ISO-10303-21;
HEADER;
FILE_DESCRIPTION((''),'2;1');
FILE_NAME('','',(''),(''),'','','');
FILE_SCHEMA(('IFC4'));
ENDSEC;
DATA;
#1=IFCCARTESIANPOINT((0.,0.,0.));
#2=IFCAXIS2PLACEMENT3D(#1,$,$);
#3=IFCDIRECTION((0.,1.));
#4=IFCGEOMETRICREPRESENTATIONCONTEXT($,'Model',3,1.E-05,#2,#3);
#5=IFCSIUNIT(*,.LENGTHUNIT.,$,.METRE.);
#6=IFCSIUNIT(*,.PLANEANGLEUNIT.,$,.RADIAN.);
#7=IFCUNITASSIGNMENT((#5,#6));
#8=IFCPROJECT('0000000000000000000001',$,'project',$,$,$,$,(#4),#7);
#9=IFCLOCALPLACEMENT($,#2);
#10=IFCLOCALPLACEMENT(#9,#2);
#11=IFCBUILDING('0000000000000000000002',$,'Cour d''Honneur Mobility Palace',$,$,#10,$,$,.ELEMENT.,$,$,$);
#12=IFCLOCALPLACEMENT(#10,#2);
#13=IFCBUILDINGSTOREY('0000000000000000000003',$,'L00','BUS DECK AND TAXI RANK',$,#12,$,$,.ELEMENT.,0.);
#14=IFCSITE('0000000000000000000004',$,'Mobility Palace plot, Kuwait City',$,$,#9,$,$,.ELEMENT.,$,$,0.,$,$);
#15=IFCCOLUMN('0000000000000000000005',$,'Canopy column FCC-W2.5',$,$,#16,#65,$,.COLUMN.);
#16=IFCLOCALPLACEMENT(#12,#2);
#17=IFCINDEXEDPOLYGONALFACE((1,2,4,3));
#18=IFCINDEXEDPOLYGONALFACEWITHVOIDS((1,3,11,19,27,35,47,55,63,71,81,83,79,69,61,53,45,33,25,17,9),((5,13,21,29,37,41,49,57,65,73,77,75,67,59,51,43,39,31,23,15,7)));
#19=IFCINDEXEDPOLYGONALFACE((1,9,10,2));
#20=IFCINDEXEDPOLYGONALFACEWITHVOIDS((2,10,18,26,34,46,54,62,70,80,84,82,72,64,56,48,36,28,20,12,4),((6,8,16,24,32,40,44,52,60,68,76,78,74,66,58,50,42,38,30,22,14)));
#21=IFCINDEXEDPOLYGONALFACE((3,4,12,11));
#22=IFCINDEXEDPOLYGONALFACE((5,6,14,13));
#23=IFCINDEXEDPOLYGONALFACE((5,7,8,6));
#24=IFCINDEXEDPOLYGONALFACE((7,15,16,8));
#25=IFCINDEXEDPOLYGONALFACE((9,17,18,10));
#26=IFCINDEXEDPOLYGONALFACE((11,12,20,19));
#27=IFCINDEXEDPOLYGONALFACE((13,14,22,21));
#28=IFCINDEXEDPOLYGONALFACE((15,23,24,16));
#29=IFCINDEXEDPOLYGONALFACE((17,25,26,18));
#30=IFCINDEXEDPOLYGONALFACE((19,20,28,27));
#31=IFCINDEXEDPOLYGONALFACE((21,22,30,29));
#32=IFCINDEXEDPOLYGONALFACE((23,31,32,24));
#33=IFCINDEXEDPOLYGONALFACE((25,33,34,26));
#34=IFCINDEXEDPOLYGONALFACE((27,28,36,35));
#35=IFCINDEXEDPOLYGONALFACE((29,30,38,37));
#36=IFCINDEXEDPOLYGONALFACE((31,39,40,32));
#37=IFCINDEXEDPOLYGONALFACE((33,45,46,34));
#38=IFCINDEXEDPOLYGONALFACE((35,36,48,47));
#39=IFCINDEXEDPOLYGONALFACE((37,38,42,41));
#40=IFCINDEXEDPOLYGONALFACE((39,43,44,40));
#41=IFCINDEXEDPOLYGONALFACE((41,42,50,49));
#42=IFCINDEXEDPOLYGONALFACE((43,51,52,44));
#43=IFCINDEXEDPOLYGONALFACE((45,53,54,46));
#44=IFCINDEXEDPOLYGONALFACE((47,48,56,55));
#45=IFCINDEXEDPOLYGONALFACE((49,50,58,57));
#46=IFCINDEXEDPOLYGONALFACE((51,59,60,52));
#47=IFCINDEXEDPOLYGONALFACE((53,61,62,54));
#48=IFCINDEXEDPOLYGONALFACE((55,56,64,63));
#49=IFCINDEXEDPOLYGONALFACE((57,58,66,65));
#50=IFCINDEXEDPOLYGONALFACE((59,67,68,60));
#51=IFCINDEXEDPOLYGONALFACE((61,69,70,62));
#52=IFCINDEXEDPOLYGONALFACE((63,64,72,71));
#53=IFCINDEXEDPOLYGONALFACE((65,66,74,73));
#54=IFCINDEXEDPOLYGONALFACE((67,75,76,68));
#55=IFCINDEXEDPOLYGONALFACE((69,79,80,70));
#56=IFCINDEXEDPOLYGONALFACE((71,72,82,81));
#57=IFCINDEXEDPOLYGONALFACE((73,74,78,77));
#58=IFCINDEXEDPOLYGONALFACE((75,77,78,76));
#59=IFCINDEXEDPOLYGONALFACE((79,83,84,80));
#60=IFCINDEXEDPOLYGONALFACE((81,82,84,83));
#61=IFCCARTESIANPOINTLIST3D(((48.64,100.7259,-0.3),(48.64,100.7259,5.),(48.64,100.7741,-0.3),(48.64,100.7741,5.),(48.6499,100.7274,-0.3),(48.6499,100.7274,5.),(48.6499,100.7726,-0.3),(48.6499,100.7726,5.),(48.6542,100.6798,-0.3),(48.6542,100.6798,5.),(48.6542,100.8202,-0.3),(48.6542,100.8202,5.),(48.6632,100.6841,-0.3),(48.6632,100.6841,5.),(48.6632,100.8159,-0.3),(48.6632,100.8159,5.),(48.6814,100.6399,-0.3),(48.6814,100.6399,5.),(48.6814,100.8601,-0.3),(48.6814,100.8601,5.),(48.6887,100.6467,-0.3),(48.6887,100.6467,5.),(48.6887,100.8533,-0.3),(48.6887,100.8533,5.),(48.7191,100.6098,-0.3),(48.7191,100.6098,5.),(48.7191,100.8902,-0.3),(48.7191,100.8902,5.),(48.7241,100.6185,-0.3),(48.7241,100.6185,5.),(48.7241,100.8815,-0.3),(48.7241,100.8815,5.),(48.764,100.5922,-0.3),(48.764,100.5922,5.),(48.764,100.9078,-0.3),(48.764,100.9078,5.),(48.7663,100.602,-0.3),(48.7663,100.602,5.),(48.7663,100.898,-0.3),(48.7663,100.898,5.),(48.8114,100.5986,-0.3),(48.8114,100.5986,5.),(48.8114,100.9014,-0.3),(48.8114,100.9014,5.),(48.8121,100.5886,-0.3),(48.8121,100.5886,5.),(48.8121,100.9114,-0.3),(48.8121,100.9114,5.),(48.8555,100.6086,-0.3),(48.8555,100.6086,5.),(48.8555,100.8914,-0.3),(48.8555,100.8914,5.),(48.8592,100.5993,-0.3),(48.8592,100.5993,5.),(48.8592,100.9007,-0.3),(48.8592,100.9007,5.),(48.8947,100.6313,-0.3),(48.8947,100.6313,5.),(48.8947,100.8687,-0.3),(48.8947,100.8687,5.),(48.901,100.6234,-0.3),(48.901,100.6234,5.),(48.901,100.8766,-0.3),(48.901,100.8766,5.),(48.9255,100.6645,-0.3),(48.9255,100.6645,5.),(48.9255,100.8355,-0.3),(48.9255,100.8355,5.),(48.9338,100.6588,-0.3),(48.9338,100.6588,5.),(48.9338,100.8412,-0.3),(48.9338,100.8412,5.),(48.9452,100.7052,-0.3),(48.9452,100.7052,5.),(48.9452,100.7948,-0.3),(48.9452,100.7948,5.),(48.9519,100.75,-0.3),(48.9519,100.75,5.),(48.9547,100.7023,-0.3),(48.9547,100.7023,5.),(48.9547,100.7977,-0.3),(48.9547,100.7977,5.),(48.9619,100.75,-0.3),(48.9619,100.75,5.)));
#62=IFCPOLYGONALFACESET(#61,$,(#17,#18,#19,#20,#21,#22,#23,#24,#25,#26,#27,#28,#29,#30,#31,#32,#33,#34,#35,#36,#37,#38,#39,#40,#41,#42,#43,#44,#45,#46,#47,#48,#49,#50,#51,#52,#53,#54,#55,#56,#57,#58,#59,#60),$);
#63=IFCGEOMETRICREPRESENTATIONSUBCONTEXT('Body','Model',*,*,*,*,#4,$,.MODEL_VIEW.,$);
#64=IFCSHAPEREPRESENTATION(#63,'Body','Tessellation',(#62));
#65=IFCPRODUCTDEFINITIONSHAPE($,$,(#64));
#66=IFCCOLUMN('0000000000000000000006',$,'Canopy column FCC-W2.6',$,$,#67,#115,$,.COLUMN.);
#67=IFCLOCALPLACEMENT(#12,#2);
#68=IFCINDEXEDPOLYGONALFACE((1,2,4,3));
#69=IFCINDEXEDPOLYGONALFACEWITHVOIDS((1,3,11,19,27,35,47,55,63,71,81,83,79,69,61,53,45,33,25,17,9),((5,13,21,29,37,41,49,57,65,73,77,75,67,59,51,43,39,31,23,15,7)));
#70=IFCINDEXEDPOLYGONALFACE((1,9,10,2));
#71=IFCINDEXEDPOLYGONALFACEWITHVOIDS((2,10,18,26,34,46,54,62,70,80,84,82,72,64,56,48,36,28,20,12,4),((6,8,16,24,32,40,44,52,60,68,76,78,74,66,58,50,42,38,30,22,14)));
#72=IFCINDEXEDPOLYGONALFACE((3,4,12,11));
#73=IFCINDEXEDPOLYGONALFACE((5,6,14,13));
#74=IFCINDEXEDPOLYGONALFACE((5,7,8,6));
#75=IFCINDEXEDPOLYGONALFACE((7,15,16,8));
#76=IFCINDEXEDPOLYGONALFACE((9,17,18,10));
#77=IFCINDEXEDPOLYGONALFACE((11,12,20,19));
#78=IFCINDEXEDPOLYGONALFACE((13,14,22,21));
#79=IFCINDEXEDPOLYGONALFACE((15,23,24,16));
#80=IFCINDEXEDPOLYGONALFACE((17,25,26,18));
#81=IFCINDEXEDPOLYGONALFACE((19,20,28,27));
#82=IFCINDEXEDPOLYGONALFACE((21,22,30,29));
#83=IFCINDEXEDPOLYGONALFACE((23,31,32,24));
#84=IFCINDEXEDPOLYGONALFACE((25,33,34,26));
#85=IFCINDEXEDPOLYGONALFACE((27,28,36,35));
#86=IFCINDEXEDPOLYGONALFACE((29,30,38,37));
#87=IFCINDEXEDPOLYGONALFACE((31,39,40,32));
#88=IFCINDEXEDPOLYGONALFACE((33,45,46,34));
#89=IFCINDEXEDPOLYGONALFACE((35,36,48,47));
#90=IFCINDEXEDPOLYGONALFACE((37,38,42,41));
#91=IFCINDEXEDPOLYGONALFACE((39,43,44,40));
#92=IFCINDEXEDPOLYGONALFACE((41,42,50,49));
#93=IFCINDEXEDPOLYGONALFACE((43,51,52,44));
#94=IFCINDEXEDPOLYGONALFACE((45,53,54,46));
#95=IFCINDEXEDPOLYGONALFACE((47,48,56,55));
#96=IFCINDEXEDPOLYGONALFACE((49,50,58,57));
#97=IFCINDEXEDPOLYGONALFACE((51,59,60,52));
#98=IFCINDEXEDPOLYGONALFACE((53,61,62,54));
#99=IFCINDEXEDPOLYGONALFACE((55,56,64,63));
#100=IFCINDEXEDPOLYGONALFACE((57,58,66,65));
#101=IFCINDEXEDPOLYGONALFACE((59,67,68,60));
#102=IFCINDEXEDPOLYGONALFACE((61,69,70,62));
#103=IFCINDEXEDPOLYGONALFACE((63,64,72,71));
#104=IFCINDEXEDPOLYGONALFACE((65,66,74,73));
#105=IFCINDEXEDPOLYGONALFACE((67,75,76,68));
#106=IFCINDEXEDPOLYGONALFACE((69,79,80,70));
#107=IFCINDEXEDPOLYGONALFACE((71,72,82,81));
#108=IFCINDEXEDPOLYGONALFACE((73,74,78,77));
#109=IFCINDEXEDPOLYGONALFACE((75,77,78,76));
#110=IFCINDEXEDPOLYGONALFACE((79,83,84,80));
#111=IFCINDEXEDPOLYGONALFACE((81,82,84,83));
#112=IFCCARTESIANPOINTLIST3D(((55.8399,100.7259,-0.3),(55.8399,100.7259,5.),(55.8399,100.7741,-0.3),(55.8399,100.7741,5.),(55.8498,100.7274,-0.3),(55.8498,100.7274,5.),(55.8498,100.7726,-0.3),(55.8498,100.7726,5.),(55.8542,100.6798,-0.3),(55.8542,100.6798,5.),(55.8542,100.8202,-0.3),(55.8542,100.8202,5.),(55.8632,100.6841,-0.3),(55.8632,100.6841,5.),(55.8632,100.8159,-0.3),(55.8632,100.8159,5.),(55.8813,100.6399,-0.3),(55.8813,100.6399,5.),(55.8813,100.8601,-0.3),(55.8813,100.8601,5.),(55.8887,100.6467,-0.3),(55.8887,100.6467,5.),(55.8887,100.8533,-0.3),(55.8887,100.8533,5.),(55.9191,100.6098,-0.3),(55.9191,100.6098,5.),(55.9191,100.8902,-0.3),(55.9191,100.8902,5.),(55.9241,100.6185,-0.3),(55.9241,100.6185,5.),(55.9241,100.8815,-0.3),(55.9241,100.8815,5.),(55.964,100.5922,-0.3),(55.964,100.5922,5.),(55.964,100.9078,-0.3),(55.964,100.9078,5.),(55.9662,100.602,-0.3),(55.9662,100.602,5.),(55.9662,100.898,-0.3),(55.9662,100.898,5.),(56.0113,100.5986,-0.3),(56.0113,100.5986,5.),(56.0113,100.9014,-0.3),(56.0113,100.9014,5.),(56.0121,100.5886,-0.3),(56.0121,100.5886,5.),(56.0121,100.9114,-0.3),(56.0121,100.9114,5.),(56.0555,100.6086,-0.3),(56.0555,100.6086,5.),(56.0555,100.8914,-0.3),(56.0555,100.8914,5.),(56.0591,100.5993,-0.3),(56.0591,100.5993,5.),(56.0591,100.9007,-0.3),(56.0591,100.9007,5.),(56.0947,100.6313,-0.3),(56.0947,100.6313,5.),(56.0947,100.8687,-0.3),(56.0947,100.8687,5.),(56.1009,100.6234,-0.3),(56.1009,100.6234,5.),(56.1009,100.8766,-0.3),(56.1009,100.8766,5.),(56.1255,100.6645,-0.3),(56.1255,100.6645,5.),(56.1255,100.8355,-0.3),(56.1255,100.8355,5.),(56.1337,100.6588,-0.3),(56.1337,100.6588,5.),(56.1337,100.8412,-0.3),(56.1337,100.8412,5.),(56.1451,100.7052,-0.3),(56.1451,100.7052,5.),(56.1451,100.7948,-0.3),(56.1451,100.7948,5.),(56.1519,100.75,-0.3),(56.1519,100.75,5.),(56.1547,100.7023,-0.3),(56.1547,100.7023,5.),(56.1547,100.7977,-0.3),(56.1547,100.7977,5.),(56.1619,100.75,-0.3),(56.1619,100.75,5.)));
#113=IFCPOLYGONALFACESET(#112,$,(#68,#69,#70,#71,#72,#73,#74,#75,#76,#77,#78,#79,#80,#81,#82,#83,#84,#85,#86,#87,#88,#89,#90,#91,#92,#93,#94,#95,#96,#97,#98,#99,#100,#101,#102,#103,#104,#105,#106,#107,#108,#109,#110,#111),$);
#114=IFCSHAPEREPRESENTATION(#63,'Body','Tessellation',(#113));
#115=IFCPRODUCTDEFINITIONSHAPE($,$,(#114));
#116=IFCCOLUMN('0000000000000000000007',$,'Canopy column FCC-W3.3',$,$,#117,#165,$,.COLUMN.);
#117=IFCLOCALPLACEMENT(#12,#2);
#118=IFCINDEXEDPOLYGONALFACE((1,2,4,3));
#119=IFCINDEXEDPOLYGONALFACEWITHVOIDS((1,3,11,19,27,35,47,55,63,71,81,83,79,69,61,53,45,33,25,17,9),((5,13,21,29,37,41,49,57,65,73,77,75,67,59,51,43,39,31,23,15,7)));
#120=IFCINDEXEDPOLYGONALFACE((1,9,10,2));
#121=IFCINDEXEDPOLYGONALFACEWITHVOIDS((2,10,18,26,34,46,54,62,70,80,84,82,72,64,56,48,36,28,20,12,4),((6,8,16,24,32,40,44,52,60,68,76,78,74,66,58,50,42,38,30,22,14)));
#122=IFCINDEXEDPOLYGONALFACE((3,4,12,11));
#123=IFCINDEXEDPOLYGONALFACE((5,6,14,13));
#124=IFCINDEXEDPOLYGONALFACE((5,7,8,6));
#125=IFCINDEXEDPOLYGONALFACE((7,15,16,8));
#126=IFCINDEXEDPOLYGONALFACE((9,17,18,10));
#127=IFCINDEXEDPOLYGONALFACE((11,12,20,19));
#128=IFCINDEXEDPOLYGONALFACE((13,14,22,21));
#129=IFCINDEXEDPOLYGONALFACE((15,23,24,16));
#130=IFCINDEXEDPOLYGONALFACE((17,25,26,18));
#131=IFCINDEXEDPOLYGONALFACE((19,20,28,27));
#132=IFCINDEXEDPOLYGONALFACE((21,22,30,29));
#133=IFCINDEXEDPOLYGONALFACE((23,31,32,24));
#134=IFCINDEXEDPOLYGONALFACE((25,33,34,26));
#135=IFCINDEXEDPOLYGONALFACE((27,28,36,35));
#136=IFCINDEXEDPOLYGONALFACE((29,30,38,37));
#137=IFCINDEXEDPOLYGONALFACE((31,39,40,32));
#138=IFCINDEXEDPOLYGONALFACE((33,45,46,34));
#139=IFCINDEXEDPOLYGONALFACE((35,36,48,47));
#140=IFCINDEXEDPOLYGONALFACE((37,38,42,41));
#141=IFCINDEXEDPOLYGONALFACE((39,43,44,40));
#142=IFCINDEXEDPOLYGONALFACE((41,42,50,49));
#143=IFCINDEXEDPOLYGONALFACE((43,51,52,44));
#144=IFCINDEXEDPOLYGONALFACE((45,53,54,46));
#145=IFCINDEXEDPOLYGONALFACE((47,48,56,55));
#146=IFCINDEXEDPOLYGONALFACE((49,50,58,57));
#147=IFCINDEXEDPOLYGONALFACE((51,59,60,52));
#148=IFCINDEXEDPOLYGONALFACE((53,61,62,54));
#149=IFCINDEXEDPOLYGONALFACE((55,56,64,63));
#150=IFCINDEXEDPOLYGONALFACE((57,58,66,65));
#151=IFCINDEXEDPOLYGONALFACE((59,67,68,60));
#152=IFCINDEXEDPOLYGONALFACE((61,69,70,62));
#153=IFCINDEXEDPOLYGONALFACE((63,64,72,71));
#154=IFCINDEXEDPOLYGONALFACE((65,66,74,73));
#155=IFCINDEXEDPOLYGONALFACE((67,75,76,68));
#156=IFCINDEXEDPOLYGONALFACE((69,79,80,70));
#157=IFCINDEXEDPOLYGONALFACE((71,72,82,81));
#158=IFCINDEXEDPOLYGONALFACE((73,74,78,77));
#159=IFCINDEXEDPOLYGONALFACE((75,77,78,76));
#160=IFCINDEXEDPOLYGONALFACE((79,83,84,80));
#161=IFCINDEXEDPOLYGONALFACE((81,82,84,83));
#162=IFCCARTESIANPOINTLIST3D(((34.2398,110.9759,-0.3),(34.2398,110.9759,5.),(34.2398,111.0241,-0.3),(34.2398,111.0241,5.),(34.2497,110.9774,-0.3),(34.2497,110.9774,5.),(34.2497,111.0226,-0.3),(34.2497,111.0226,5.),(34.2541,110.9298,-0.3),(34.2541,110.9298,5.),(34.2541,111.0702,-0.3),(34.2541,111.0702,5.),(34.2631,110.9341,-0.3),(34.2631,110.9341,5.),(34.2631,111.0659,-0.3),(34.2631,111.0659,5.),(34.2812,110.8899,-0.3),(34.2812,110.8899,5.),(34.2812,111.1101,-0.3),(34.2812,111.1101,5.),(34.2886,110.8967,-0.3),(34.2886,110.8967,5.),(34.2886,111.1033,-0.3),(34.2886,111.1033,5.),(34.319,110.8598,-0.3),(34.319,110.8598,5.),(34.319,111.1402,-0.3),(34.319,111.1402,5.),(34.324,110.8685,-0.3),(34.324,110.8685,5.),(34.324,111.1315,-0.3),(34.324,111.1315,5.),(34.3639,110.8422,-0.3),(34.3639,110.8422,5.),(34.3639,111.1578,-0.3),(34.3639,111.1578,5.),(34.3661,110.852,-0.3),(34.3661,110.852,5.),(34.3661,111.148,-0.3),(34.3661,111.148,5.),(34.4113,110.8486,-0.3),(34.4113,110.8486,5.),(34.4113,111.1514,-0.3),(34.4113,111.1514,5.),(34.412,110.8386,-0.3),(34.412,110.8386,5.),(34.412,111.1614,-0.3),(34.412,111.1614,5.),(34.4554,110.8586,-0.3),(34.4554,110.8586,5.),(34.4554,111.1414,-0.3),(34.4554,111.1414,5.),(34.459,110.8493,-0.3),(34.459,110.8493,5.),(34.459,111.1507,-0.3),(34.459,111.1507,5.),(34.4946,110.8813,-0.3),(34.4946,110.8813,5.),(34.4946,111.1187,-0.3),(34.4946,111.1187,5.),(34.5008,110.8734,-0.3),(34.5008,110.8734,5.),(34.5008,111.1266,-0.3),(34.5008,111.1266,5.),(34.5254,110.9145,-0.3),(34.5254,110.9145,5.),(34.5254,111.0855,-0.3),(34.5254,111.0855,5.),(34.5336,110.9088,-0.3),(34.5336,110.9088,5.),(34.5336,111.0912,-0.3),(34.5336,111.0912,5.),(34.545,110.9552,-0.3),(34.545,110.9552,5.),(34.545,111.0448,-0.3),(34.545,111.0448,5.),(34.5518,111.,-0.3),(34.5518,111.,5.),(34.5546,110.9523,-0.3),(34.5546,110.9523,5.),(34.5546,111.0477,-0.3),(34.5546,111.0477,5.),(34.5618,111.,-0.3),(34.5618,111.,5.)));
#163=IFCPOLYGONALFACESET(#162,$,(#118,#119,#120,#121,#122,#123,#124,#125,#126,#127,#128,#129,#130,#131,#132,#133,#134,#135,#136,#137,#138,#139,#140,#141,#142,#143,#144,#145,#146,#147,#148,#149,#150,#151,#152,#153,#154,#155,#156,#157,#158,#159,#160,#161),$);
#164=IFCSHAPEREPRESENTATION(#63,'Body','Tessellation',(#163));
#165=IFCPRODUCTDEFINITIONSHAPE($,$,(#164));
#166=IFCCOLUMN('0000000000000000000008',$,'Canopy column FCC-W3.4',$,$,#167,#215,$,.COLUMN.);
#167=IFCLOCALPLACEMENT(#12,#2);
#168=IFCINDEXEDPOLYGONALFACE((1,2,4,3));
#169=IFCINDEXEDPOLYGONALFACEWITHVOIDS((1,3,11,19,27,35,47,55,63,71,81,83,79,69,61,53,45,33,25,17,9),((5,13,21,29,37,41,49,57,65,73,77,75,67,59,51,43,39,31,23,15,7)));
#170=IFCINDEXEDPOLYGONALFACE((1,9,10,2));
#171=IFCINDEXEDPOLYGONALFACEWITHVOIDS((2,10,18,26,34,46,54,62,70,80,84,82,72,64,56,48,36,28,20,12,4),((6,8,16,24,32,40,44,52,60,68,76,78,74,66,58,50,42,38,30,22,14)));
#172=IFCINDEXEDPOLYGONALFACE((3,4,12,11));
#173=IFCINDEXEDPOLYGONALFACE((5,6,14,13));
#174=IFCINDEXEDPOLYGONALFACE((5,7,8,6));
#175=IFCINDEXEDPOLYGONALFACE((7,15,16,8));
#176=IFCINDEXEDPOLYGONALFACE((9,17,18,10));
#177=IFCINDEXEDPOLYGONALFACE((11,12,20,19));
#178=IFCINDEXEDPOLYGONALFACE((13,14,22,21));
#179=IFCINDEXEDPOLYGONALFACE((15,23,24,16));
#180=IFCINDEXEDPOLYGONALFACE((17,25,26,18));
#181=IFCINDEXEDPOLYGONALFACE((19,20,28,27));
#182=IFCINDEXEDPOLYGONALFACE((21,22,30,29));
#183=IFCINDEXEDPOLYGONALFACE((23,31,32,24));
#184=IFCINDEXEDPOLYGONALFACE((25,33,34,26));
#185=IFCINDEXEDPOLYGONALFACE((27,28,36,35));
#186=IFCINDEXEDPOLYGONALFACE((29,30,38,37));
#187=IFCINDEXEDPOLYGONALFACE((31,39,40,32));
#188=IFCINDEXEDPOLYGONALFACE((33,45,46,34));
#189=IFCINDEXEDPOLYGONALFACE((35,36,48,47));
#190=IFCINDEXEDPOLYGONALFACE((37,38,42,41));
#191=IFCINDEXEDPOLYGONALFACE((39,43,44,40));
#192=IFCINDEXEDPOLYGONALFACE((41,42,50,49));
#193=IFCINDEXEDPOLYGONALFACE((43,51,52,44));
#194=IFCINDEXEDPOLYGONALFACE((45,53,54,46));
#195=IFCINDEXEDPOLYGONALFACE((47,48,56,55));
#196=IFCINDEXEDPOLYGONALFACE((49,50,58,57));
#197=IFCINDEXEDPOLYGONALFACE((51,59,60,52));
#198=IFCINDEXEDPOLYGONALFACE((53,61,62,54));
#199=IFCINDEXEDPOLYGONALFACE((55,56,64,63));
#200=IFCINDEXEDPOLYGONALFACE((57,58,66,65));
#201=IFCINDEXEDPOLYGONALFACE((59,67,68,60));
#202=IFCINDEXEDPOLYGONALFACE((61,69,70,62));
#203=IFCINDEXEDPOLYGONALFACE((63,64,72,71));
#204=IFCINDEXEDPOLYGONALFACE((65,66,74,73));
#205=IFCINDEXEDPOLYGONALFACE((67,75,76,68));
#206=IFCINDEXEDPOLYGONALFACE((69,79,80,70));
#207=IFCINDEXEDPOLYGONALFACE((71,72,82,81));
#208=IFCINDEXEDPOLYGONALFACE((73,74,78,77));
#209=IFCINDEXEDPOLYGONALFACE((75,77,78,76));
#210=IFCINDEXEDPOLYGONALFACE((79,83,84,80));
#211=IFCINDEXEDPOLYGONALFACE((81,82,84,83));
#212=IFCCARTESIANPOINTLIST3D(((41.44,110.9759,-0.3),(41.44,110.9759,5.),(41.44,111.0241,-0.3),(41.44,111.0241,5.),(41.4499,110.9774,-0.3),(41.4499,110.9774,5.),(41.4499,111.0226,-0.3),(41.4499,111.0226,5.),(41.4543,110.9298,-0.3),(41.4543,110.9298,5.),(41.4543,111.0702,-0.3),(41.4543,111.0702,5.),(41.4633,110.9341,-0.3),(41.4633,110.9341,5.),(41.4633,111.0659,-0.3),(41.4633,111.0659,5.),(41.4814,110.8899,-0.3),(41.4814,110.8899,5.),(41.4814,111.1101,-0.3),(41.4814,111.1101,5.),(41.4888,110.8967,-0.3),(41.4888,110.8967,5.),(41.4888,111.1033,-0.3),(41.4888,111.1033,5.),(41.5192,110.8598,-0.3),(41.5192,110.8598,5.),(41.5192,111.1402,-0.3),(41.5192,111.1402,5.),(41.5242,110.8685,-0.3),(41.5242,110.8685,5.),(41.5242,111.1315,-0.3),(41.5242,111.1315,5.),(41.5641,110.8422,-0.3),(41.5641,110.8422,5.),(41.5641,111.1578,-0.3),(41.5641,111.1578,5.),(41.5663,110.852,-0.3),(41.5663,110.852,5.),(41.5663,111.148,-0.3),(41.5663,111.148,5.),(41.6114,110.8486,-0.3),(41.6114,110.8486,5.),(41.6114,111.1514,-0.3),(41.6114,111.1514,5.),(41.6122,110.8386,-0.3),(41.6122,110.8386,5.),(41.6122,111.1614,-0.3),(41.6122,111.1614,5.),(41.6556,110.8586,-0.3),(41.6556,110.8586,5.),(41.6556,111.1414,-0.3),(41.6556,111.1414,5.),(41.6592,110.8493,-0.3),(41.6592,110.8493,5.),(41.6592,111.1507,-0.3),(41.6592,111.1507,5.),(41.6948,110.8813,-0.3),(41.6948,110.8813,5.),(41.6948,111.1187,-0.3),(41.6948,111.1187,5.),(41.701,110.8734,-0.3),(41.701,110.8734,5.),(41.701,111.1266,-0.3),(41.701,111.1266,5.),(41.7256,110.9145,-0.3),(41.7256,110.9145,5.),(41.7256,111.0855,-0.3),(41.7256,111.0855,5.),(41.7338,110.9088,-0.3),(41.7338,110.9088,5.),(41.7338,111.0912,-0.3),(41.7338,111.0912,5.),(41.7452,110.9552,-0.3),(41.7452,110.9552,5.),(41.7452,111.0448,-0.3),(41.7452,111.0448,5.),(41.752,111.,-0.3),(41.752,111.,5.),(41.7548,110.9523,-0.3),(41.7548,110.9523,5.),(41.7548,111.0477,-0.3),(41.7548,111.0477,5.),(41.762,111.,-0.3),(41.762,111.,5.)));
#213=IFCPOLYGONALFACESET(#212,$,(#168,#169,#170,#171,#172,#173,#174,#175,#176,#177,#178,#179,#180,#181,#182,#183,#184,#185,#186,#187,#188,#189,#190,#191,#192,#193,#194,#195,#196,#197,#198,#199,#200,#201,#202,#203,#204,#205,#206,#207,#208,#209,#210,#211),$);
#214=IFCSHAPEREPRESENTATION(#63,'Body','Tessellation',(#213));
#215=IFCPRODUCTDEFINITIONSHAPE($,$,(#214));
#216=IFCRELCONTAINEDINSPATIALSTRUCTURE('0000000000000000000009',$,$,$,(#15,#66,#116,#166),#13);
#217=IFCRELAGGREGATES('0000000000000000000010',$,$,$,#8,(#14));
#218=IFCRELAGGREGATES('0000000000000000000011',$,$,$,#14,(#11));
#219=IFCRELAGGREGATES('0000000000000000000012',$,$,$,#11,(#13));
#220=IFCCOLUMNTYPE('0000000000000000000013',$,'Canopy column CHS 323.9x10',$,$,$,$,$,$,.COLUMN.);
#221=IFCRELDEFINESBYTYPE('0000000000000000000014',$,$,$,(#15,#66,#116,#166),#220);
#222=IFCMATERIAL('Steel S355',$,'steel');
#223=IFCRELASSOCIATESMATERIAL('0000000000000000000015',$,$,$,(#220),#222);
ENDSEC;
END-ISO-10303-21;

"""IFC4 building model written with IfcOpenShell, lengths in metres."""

from ifc_helpers import new_model, si_unit, direction, frame, origin, origin_2d, place, context, subcontext, project, spatial, hollow_circle, extrude, material, material_profile, profile_set, type_object, element, save


model = new_model("IFC4")

# Units and contexts
model_context = context("Model", 3, precision=1e-05, world=origin(), true_north=direction((0.0, 1.0)))
body_context = subcontext(model_context, "Body", "Model", "MODEL_VIEW")
ifc_project = project(units=[si_unit("LENGTHUNIT", "METRE"), si_unit("PLANEANGLEUNIT", "RADIAN")], contexts=[model_context])

# Site, building, storey
site_placement = place(None, origin())
site = spatial("IfcSite", under=ifc_project, at=site_placement, Name="Mobility Palace plot, Kuwait City", CompositionType="ELEMENT", RefElevation=0.0)
building_placement = place(site_placement, origin())
building = spatial("IfcBuilding", under=site, at=building_placement, Name="Cour d'Honneur Mobility Palace", CompositionType="ELEMENT")
storey_placement = place(building_placement, origin())
storey = spatial("IfcBuildingStorey", under=building, at=storey_placement, Name="L00", Description="BUS DECK AND TAXI RANK", CompositionType="ELEMENT", Elevation=0.0)

# Columns
ifc_material_1 = material(Name="Steel S355", Category="steel")
ifc_material_profile_1 = material_profile(ifc_material_1, hollow_circle(Radius=0.1619, WallThickness=0.01, at=origin_2d()), Name="CHS 323.9x10")
ifc_profile_set_1 = profile_set([ifc_material_profile_1], Name="Steel S355")
column_type_1 = type_object("IfcColumnType", Name="Canopy column CHS 323.9x10", PredefinedType="COLUMN", material=ifc_profile_set_1)
for number, where, z_axis, x_axis, name in (
    (1, (48.8, 100.75, -0.3), (0.0, 0.0, 1.0), (1.0, 0.0, 0.0), "Canopy column FCC-W2.5"),
    (2, (56.0, 100.75, -0.3), (0.0, 0.0, 1.0), (1.0, 0.0, 0.0), "Canopy column FCC-W2.6"),
    (3, (34.3999, 111.0, -0.3), (0.0, 0.0, 1.0), (1.0, 0.0, 0.0), "Canopy column FCC-W3.3"),
    (4, (41.6001, 111.0, -0.3), (0.0, 0.0, 1.0), (1.0, 0.0, 0.0), "Canopy column FCC-W3.4"),
):
    element("IfcColumn", number, at=place(storey_placement, frame(where, z_axis=z_axis, x_axis=x_axis)), inside=storey, type_object=column_type_1, Name=name, PredefinedType="COLUMN", context=body_context, shape_type="SweptSolid", body=[
        extrude(hollow_circle(Radius=0.1619, WallThickness=0.01, at=origin_2d()), origin(), (0.0, 0.0, 1.0), 5.3),
    ])

save(model, "model.ifc")
